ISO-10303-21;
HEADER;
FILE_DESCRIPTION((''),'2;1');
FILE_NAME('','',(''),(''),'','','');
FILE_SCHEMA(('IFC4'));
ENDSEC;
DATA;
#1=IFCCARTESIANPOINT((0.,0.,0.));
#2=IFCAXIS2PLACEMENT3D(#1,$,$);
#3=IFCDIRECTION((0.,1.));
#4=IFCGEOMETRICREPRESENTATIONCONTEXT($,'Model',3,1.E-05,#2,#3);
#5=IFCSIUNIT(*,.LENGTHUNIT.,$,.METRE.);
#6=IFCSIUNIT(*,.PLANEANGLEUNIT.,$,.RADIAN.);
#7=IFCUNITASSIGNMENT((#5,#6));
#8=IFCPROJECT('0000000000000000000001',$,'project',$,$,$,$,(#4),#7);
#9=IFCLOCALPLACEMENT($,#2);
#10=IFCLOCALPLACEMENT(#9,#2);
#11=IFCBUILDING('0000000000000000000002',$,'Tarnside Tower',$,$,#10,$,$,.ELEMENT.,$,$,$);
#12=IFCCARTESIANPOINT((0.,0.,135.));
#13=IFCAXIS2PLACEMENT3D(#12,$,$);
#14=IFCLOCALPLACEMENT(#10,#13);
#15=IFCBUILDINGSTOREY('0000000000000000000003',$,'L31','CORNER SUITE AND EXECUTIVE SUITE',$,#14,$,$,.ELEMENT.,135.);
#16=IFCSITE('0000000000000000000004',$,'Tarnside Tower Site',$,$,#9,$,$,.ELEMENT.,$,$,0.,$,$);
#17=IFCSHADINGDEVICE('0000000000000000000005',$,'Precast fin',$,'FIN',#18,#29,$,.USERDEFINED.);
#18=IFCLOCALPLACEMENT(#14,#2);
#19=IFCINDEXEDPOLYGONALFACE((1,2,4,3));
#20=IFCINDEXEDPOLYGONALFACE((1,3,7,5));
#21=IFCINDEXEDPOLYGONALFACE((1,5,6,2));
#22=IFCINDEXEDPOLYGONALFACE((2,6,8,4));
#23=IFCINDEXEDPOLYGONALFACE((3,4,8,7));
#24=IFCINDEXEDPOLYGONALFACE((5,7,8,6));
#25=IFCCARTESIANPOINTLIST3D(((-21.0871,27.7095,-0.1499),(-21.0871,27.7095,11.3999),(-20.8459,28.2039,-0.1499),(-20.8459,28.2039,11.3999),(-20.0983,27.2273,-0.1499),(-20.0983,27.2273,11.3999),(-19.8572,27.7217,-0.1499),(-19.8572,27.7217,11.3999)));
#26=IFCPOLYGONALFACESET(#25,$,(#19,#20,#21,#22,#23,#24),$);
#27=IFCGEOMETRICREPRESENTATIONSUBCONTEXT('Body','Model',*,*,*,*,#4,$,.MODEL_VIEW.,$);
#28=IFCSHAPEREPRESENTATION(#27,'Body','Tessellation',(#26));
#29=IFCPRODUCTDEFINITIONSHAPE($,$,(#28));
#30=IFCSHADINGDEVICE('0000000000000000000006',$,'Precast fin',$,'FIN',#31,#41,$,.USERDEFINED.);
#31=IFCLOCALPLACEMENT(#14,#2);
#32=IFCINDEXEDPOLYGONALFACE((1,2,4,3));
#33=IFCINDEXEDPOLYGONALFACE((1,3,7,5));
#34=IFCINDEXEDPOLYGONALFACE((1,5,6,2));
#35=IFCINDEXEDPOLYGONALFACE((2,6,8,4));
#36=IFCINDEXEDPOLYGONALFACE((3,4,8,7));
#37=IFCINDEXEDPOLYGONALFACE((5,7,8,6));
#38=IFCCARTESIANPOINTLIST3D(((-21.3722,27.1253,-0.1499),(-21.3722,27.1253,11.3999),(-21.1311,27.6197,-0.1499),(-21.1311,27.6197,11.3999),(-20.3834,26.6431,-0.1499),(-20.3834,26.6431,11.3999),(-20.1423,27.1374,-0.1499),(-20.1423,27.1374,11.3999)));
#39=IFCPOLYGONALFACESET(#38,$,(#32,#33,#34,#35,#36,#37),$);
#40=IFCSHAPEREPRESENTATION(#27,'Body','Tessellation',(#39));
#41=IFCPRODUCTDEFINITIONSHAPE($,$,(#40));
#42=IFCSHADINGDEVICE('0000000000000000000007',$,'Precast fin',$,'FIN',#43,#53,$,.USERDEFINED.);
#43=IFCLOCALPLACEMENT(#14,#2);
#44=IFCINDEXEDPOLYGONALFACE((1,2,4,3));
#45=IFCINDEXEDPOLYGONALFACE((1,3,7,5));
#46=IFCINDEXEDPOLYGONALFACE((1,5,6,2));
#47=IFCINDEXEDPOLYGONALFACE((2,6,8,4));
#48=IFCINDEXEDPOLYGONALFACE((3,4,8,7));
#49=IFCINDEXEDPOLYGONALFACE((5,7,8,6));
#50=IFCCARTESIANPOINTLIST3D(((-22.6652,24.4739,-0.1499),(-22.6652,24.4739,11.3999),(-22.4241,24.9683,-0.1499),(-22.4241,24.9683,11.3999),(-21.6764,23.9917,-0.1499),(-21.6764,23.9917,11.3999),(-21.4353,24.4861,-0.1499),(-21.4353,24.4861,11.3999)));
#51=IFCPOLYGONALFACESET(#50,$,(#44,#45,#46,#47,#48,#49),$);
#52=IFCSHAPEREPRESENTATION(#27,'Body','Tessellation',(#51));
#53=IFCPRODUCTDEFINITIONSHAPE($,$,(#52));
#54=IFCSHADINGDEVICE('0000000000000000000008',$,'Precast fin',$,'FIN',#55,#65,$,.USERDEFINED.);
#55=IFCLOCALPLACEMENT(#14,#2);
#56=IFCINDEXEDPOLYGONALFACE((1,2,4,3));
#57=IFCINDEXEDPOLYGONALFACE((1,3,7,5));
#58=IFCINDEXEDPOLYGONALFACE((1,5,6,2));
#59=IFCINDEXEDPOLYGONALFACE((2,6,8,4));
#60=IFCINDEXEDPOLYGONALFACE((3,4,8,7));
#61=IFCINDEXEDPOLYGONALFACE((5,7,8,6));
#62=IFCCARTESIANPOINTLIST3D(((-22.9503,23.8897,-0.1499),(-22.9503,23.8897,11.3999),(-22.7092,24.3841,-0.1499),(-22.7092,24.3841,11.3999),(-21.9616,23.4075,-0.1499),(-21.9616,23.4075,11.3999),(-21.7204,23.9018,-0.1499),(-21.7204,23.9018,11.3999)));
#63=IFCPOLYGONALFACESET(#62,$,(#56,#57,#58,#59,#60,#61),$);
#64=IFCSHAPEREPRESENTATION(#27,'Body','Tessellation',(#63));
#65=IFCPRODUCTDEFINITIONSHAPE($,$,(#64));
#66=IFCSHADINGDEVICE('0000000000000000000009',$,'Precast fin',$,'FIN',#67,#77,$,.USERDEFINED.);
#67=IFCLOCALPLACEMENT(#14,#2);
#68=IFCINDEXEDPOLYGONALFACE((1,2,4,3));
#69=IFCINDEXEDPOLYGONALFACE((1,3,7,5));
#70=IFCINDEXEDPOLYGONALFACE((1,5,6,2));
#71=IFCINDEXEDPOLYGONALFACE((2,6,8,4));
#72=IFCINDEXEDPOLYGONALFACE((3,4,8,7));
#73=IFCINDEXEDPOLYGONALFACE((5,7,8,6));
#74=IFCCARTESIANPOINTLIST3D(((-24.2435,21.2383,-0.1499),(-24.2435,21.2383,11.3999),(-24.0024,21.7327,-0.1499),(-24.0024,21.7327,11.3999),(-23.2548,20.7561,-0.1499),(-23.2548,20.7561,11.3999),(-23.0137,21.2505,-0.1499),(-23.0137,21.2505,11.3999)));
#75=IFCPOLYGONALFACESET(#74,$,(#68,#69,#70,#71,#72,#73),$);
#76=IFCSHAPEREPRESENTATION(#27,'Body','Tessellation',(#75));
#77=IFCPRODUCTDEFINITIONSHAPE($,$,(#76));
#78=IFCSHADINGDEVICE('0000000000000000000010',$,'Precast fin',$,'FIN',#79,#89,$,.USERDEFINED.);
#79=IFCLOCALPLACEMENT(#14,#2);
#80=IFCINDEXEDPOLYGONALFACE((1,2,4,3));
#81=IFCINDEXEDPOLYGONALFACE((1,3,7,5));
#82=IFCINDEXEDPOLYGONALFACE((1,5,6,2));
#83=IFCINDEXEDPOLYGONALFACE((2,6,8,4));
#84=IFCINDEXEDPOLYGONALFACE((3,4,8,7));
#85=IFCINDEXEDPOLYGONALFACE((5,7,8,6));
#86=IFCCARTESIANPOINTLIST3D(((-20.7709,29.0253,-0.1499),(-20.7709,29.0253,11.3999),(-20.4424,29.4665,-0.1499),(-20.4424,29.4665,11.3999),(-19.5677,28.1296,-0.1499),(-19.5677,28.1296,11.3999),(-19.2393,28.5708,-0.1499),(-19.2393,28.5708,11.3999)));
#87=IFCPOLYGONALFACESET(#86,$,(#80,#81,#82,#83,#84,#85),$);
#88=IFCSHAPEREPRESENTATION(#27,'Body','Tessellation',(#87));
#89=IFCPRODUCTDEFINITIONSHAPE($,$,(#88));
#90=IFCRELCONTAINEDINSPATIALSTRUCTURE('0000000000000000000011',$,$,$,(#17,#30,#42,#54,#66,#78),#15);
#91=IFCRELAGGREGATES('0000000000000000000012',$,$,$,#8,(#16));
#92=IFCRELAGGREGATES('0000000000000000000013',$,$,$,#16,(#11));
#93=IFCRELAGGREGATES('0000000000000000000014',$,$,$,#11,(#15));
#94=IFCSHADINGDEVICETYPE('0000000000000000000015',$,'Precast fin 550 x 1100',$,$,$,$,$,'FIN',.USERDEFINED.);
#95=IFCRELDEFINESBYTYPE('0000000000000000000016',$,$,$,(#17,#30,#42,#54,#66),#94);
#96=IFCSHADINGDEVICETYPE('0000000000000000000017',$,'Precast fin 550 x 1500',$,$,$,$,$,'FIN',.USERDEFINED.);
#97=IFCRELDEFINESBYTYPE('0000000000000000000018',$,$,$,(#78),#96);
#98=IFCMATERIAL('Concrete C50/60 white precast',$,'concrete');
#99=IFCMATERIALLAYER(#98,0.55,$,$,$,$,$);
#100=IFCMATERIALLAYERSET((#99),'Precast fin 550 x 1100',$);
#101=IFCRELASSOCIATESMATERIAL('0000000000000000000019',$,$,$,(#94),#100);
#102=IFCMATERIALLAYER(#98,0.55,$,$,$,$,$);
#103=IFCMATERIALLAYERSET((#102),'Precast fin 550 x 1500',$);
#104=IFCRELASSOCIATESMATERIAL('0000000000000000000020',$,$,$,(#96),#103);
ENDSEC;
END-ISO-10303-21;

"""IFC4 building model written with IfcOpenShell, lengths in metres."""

from ifc_helpers import new_model, si_unit, direction, frame, origin, place, context, subcontext, project, spatial, polyline, outline, extrude, material, layer, layer_set, type_object, element, save


model = new_model("IFC4")

# Units and contexts
model_context = context("Model", 3, precision=1e-05, world=origin(), true_north=direction((0.0, 1.0)))
body_context = subcontext(model_context, "Body", "Model", "MODEL_VIEW")
ifc_project = project(units=[si_unit("LENGTHUNIT", "METRE"), si_unit("PLANEANGLEUNIT", "RADIAN")], contexts=[model_context])

# Site, building, storey
site_placement = place(None, origin())
site = spatial("IfcSite", under=ifc_project, at=site_placement, Name="Tarnside Tower Site", CompositionType="ELEMENT", RefElevation=0.0)
building_placement = place(site_placement, origin())
building = spatial("IfcBuilding", under=site, at=building_placement, Name="Tarnside Tower", CompositionType="ELEMENT")
storey_placement = place(building_placement, frame((0.0, 0.0, 135.0)))
storey = spatial("IfcBuildingStorey", under=building, at=storey_placement, Name="L31", Description="CORNER SUITE AND EXECUTIVE SUITE", CompositionType="ELEMENT", Elevation=135.0)

# Shading devices
ifc_material_1 = material(Name="Concrete C50/60 white precast", Category="concrete")
ifc_layer_1 = layer(ifc_material_1, 0.55)
ifc_layer_set_1 = layer_set([ifc_layer_1], Name="Precast fin 550 x 1100")
shading_device_type_1 = type_object("IfcShadingDeviceType", Name="Precast fin 550 x 1100", ElementType="FIN", PredefinedType="USERDEFINED", material=ifc_layer_set_1)
for number, where, z_axis, x_axis, name in (
    (1, (-19.9778, 27.4744, -0.1499), (0.438371, 0.898794, 0.0), (-0.898794, 0.438371, 0.0), "Precast fin"),
    (2, (-20.2629, 26.8901, -0.1499), (0.438371, 0.898794, 0.0), (-0.898794, 0.438371, 0.0), "Precast fin"),
    (3, (-21.5559, 24.2388, -0.1499), (0.438371, 0.898794, 0.0), (-0.898794, 0.438371, 0.0), "Precast fin"),
    (4, (-21.8411, 23.6545, -0.1499), (0.438371, 0.898794, 0.0), (-0.898794, 0.438371, 0.0), "Precast fin"),
    (5, (-23.1343, 21.0032, -0.1499), (0.438371, 0.898794, 0.0), (-0.898794, 0.438371, 0.0), "Precast fin"),
):
    element("IfcShadingDevice", number, at=place(storey_placement, frame(where, z_axis=z_axis, x_axis=x_axis)), inside=storey, type_object=shading_device_type_1, Name=name, ObjectType="FIN", PredefinedType="USERDEFINED", context=body_context, shape_type="SweptSolid", body=[
        extrude(outline(polyline([(0.0, 0.0), (1.1001, 0.0), (1.1001, 11.5498), (0.0, 11.5498), (0.0, 0.0)])), frame((0.0, 0.0, -0.2749)), (0.0, 0.0, 1.0), 0.55),
    ])
ifc_layer_2 = layer(ifc_material_1, 0.55)
ifc_layer_set_2 = layer_set([ifc_layer_2], Name="Precast fin 550 x 1500")
shading_device_type_2 = type_object("IfcShadingDeviceType", Name="Precast fin 550 x 1500", ElementType="FIN", PredefinedType="USERDEFINED", material=ifc_layer_set_2)
shading_device_placement = place(storey_placement, frame((-19.4036, 28.3501, -0.1499), z_axis=(0.597159, 0.802123, 0.0), x_axis=(-0.802123, 0.597159, 0.0)))
element("IfcShadingDevice", 6, at=shading_device_placement, inside=storey, type_object=shading_device_type_2, Name="Precast fin", ObjectType="FIN", PredefinedType="USERDEFINED", context=body_context, shape_type="SweptSolid", body=[
    extrude(outline(polyline([(0.0, 0.0), (1.5, 0.0), (1.5, 11.5498), (0.0, 11.5498), (0.0, 0.0)])), frame((0.0, 0.0, -0.2749)), (0.0, 0.0, 1.0), 0.55),
])

save(model, "model.ifc")
